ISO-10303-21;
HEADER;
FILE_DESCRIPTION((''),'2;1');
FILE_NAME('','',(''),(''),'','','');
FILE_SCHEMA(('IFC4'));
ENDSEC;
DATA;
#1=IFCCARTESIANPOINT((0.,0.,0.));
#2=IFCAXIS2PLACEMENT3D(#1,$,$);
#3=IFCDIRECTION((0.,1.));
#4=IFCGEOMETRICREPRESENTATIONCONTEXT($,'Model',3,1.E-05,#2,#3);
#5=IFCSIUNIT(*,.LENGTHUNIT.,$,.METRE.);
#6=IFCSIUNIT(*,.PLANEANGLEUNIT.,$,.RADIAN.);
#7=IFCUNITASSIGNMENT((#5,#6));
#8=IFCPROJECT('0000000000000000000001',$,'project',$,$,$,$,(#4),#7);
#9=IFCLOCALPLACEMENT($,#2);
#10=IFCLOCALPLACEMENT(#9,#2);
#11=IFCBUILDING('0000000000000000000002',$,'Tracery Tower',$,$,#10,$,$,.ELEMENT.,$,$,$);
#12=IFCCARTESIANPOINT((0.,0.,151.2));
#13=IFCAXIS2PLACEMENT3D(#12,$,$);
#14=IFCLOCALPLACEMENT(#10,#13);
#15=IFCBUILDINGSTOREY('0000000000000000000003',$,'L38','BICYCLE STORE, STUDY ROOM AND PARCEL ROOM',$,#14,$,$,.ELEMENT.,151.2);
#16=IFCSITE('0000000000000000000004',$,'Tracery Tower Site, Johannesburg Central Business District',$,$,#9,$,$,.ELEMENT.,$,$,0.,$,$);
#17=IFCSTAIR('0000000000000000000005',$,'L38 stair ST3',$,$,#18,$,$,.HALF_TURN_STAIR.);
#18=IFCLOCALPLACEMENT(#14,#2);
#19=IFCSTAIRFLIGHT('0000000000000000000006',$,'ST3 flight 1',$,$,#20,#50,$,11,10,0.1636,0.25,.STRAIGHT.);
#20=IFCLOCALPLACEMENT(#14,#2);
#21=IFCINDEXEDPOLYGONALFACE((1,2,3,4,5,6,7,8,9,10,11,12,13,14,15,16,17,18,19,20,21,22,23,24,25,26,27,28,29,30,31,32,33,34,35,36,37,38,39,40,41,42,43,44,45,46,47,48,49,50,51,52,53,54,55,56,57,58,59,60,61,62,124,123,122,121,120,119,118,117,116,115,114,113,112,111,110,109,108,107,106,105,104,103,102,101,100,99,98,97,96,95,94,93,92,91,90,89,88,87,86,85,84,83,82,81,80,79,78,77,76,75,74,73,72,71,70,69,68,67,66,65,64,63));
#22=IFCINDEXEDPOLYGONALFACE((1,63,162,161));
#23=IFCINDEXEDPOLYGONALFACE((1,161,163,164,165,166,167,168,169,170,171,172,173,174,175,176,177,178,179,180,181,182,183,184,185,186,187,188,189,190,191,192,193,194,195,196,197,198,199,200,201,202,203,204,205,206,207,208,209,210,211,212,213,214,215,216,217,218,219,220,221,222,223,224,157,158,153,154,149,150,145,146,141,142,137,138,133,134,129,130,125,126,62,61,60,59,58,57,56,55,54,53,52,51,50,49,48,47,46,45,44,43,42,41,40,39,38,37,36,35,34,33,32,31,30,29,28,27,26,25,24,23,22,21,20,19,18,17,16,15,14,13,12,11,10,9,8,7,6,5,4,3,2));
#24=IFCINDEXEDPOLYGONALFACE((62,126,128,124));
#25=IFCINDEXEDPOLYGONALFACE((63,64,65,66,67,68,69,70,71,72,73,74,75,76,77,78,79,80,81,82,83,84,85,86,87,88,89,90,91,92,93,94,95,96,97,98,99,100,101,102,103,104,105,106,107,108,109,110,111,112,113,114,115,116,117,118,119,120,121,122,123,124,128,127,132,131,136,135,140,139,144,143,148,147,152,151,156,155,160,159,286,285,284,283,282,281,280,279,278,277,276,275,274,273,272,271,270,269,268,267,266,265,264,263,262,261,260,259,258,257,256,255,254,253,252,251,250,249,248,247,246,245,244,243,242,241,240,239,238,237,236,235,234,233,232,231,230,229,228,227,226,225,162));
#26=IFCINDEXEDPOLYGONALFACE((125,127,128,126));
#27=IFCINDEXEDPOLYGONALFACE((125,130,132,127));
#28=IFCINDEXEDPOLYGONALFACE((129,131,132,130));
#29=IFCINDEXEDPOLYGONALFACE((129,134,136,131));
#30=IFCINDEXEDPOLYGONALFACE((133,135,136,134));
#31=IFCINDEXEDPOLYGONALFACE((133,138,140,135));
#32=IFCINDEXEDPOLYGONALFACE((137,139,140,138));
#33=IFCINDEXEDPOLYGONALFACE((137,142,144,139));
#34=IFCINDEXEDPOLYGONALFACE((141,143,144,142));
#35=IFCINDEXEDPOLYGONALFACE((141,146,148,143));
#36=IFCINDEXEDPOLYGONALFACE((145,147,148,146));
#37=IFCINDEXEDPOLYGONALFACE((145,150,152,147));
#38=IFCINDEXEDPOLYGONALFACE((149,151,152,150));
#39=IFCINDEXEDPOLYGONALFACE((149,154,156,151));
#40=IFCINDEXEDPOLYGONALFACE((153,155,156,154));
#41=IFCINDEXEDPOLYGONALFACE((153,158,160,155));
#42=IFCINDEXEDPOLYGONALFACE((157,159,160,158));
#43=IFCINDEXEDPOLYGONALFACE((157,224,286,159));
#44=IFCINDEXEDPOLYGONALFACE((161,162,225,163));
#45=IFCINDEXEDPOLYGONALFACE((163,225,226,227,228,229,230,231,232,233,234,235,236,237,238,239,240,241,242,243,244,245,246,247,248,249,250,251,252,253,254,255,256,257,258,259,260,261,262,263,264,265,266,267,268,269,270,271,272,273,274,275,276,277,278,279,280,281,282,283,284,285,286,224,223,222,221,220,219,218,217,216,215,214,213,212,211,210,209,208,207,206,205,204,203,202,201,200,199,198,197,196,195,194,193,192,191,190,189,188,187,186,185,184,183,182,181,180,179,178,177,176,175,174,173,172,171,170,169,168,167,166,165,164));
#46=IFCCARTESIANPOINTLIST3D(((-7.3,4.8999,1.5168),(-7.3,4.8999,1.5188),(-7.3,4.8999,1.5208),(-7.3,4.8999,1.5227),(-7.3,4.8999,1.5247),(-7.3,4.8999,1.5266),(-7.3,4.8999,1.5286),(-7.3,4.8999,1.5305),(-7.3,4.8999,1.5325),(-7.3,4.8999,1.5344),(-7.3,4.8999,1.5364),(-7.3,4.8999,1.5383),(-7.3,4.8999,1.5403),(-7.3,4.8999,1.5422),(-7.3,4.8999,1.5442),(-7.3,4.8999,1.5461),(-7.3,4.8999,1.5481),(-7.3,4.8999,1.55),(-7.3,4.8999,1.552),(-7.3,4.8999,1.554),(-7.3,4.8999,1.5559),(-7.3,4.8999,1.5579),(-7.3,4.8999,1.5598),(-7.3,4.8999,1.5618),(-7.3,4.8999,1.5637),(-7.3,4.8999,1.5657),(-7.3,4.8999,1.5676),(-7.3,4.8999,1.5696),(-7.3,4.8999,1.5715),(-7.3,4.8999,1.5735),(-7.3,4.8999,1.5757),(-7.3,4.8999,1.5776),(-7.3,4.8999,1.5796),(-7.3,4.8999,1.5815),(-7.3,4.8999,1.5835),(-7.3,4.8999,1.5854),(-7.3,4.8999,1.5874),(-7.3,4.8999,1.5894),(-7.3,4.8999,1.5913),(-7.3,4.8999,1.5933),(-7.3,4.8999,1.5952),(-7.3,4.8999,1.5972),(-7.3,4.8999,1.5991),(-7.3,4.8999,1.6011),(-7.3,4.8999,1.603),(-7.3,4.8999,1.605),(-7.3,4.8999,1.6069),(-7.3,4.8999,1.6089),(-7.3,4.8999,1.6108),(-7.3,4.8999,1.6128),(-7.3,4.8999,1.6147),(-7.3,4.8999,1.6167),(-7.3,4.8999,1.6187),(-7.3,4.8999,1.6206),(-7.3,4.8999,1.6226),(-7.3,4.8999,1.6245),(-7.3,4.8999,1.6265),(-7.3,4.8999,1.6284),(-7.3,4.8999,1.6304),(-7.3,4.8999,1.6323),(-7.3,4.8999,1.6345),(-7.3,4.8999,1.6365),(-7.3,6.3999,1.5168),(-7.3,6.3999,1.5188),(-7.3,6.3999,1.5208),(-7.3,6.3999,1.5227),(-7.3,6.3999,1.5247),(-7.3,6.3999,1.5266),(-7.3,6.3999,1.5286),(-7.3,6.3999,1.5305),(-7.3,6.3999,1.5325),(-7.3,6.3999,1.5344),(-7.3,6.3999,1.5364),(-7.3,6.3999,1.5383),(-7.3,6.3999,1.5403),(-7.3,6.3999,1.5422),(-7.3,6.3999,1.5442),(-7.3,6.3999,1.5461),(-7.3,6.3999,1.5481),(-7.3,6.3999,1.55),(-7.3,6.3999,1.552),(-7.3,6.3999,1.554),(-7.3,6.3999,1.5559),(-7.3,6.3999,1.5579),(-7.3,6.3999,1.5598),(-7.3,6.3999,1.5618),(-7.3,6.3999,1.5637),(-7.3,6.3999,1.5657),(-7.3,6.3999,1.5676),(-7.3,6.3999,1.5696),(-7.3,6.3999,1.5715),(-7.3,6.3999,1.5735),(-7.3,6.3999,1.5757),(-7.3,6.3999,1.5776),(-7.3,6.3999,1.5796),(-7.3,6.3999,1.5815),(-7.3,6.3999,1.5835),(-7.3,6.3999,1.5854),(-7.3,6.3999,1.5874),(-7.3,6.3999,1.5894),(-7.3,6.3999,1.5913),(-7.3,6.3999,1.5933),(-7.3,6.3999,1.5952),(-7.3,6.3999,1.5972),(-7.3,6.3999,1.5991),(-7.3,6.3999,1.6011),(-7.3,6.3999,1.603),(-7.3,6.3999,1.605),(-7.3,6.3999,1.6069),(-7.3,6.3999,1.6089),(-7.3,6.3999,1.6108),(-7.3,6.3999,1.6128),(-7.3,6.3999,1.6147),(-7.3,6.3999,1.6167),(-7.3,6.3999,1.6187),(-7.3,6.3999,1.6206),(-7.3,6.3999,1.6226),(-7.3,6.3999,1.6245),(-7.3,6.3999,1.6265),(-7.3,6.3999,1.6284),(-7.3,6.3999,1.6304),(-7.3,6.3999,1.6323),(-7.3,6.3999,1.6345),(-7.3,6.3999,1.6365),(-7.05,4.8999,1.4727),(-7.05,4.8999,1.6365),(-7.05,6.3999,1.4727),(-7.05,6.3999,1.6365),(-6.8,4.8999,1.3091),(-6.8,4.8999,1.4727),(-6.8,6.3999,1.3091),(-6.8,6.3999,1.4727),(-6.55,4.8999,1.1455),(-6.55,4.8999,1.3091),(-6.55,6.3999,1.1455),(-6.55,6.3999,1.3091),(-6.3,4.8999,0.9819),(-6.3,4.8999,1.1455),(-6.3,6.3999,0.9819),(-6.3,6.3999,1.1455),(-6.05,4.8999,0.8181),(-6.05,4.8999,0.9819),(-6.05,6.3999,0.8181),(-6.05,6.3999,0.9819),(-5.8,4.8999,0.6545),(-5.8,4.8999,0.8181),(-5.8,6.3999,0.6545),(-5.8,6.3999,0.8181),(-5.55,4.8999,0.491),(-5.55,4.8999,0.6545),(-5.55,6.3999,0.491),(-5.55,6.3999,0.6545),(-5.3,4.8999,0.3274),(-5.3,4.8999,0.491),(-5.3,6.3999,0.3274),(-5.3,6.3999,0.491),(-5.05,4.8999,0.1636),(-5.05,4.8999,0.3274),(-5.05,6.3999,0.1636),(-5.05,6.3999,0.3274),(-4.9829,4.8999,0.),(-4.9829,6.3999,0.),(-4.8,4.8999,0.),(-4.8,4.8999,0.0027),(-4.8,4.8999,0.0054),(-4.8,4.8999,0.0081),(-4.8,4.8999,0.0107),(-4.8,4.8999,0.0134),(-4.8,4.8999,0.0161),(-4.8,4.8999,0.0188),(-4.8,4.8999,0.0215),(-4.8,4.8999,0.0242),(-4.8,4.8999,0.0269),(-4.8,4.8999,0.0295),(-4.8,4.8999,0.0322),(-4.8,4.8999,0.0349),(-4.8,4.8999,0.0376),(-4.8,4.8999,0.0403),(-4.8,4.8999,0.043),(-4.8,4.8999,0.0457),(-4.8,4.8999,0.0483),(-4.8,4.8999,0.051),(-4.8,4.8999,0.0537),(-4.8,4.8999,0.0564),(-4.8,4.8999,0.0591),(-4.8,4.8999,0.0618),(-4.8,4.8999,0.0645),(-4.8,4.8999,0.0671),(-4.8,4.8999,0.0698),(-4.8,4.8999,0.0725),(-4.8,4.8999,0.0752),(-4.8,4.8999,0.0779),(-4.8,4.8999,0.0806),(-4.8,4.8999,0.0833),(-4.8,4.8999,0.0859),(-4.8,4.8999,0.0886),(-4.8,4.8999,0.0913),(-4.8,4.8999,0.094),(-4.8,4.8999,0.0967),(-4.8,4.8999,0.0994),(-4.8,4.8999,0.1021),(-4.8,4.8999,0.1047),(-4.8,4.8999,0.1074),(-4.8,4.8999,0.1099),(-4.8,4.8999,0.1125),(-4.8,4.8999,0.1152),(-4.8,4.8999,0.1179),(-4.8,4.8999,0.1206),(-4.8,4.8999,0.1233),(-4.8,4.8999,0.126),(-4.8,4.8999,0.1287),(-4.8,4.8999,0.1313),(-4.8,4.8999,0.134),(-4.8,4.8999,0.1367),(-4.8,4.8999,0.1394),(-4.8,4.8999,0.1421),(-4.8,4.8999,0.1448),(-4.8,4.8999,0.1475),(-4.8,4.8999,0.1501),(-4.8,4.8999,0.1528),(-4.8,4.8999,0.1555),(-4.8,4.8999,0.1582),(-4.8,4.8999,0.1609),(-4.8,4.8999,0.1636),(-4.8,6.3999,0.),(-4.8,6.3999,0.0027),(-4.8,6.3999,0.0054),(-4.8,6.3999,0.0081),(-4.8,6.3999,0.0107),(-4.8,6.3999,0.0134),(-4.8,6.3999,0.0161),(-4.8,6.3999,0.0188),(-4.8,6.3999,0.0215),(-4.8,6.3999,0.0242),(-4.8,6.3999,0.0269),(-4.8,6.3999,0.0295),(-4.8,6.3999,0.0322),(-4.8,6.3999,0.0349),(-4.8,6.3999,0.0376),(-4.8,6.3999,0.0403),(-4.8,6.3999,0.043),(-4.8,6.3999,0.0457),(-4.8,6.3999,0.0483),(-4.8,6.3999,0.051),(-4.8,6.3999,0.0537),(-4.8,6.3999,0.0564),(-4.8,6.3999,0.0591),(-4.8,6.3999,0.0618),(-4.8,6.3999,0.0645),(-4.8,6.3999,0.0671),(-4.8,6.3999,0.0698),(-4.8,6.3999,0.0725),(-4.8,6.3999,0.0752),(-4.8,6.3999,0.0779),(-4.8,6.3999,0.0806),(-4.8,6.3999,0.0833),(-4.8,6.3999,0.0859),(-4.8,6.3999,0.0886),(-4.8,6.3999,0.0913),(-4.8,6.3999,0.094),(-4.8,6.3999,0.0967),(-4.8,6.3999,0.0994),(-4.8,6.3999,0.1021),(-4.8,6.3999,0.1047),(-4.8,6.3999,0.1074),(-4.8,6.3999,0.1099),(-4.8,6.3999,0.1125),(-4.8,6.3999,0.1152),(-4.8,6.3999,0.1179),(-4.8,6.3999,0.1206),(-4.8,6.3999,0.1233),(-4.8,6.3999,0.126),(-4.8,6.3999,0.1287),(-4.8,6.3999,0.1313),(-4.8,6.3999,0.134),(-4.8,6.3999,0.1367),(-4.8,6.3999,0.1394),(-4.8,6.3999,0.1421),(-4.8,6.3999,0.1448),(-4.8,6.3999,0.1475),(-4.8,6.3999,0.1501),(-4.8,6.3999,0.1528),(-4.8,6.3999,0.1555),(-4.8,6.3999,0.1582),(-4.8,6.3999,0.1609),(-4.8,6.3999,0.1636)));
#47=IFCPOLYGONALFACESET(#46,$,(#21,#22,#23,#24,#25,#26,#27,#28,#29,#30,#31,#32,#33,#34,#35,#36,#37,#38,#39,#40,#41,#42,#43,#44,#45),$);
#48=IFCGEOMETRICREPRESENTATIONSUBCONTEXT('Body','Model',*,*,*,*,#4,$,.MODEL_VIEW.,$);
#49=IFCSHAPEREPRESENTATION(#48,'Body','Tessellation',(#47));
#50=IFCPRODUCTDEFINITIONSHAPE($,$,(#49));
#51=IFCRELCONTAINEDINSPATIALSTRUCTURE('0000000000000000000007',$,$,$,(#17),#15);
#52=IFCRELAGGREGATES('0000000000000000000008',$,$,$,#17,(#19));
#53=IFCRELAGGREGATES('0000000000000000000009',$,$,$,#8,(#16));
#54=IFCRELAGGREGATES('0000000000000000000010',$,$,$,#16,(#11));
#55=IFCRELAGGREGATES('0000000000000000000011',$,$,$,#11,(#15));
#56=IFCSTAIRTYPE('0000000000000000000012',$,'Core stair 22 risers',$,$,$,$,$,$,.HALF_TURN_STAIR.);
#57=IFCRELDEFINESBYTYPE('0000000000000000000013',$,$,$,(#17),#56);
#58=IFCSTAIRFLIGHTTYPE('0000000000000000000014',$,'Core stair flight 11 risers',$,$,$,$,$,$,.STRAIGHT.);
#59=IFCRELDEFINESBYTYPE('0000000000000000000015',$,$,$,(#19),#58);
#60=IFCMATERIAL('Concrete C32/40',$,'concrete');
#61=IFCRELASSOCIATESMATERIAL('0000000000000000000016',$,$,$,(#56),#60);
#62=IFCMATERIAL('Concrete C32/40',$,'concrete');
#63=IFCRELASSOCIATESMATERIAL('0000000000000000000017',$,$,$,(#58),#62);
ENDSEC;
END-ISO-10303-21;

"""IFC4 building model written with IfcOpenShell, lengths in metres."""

from ifc_helpers import new_model, si_unit, direction, frame, origin, place, context, subcontext, project, spatial, polyline, outline, extrude, material, type_object, element, aggregate, save


model = new_model("IFC4")

# Units and contexts
model_context = context("Model", 3, precision=1e-05, world=origin(), true_north=direction((0.0, 1.0)))
body_context = subcontext(model_context, "Body", "Model", "MODEL_VIEW")
ifc_project = project(units=[si_unit("LENGTHUNIT", "METRE"), si_unit("PLANEANGLEUNIT", "RADIAN")], contexts=[model_context])

# Site, building, storey
site_placement = place(None, origin())
site = spatial("IfcSite", under=ifc_project, at=site_placement, Name="Tracery Tower Site, Johannesburg Central Business District", CompositionType="ELEMENT", RefElevation=0.0)
building_placement = place(site_placement, origin())
building = spatial("IfcBuilding", under=site, at=building_placement, Name="Tracery Tower", CompositionType="ELEMENT")
storey_placement = place(building_placement, frame((0.0, 0.0, 151.2)))
storey = spatial("IfcBuildingStorey", under=building, at=storey_placement, Name="L38", Description="BICYCLE STORE, STUDY ROOM AND PARCEL ROOM", CompositionType="ELEMENT", Elevation=151.2)

# Stair, stair flight
ifc_material_1 = material(Name="Concrete C32/40", Category="concrete")
stair_type = type_object("IfcStairType", Name="Core stair 22 risers", PredefinedType="HALF_TURN_STAIR", material=ifc_material_1)
stair_placement = place(storey_placement, origin())
stair = element("IfcStair", 1, at=stair_placement, inside=storey, type_object=stair_type, Name="L38 stair ST3", PredefinedType="HALF_TURN_STAIR")
ifc_material_2 = material(Name="Concrete C32/40", Category="concrete")
stair_flight_type = type_object("IfcStairFlightType", Name="Core stair flight 11 risers", PredefinedType="STRAIGHT", material=ifc_material_2)
stair_flight_1_placement = place(storey_placement, frame((-4.8, 5.6499, 0.0), z_axis=(0.0, 0.0, 1.0), x_axis=(-1.0, 0.0, 0.0)))
stair_flight_1 = element("IfcStairFlight", 2, at=stair_flight_1_placement, type_object=stair_flight_type, Name="ST3 flight 1", NumberOfRisers=11, NumberOfTreads=10, PredefinedType="STRAIGHT", RiserHeight=0.1636, TreadLength=0.25, context=body_context, shape_type="SweptSolid", body=[
    extrude(outline(polyline([(0.0, 0.0), (0.0, 0.0027), (0.0, 0.0054), (0.0, 0.0081), (0.0, 0.0107), (0.0, 0.0134), (0.0, 0.0161), (0.0, 0.0188), (0.0, 0.0215), (0.0, 0.0242), (0.0, 0.0269), (0.0, 0.0295), (0.0, 0.0322), (0.0, 0.0349), (0.0, 0.0376), (0.0, 0.0403), (0.0, 0.043), (0.0, 0.0457), (0.0, 0.0483), (0.0, 0.051), (0.0, 0.0537), (0.0, 0.0564), (0.0, 0.0591), (0.0, 0.0618), (0.0, 0.0645), (0.0, 0.0671), (0.0, 0.0698), (0.0, 0.0725), (0.0, 0.0752), (0.0, 0.0779), (0.0, 0.0806), (0.0, 0.0833), (0.0, 0.0859), (0.0, 0.0886), (0.0, 0.0913), (0.0, 0.094), (0.0, 0.0967), (0.0, 0.0994), (0.0, 0.1021), (0.0, 0.1047), (0.0, 0.1074), (0.0, 0.1099), (0.0, 0.1125), (0.0, 0.1152), (0.0, 0.1179), (0.0, 0.1206), (0.0, 0.1233), (0.0, 0.126), (0.0, 0.1287), (0.0, 0.1313), (0.0, 0.134), (0.0, 0.1367), (0.0, 0.1394), (0.0, 0.1421), (0.0, 0.1448), (0.0, 0.1475), (0.0, 0.1501), (0.0, 0.1528), (0.0, 0.1555), (0.0, 0.1582), (0.0, 0.1609), (0.0, 0.1636), (0.25, 0.1636), (0.25, 0.3274), (0.5, 0.3274), (0.5, 0.491), (0.75, 0.491), (0.75, 0.6545), (1.0, 0.6545), (1.0, 0.8181), (1.25, 0.8181), (1.25, 0.9819), (1.5, 0.9819), (1.5, 1.1455), (1.75, 1.1455), (1.75, 1.3091), (2.0, 1.3091), (2.0, 1.4727), (2.25, 1.4727), (2.25, 1.6365), (2.5, 1.6365), (2.5, 1.6345), (2.5, 1.6323), (2.5, 1.6304), (2.5, 1.6284), (2.5, 1.6265), (2.5, 1.6245), (2.5, 1.6226), (2.5, 1.6206), (2.5, 1.6187), (2.5, 1.6167), (2.5, 1.6147), (2.5, 1.6128), (2.5, 1.6108), (2.5, 1.6089), (2.5, 1.6069), (2.5, 1.605), (2.5, 1.603), (2.5, 1.6011), (2.5, 1.5991), (2.5, 1.5972), (2.5, 1.5952), (2.5, 1.5933), (2.5, 1.5913), (2.5, 1.5894), (2.5, 1.5874), (2.5, 1.5854), (2.5, 1.5835), (2.5, 1.5815), (2.5, 1.5796), (2.5, 1.5776), (2.5, 1.5757), (2.5, 1.5735), (2.5, 1.5715), (2.5, 1.5696), (2.5, 1.5676), (2.5, 1.5657), (2.5, 1.5637), (2.5, 1.5618), (2.5, 1.5598), (2.5, 1.5579), (2.5, 1.5559), (2.5, 1.554), (2.5, 1.552), (2.5, 1.55), (2.5, 1.5481), (2.5, 1.5461), (2.5, 1.5442), (2.5, 1.5422), (2.5, 1.5403), (2.5, 1.5383), (2.5, 1.5364), (2.5, 1.5344), (2.5, 1.5325), (2.5, 1.5305), (2.5, 1.5286), (2.5, 1.5266), (2.5, 1.5247), (2.5, 1.5227), (2.5, 1.5208), (2.5, 1.5188), (2.5, 1.5168), (0.1829, 0.0), (0.0, 0.0)])), frame((0.0, 0.75, 0.0), z_axis=(0.0, -1.0, 0.0), x_axis=(1.0, 0.0, 0.0)), (0.0, 0.0, 1.0), 1.5),
])
aggregate(stair, [stair_flight_1])

save(model, "model.ifc")
